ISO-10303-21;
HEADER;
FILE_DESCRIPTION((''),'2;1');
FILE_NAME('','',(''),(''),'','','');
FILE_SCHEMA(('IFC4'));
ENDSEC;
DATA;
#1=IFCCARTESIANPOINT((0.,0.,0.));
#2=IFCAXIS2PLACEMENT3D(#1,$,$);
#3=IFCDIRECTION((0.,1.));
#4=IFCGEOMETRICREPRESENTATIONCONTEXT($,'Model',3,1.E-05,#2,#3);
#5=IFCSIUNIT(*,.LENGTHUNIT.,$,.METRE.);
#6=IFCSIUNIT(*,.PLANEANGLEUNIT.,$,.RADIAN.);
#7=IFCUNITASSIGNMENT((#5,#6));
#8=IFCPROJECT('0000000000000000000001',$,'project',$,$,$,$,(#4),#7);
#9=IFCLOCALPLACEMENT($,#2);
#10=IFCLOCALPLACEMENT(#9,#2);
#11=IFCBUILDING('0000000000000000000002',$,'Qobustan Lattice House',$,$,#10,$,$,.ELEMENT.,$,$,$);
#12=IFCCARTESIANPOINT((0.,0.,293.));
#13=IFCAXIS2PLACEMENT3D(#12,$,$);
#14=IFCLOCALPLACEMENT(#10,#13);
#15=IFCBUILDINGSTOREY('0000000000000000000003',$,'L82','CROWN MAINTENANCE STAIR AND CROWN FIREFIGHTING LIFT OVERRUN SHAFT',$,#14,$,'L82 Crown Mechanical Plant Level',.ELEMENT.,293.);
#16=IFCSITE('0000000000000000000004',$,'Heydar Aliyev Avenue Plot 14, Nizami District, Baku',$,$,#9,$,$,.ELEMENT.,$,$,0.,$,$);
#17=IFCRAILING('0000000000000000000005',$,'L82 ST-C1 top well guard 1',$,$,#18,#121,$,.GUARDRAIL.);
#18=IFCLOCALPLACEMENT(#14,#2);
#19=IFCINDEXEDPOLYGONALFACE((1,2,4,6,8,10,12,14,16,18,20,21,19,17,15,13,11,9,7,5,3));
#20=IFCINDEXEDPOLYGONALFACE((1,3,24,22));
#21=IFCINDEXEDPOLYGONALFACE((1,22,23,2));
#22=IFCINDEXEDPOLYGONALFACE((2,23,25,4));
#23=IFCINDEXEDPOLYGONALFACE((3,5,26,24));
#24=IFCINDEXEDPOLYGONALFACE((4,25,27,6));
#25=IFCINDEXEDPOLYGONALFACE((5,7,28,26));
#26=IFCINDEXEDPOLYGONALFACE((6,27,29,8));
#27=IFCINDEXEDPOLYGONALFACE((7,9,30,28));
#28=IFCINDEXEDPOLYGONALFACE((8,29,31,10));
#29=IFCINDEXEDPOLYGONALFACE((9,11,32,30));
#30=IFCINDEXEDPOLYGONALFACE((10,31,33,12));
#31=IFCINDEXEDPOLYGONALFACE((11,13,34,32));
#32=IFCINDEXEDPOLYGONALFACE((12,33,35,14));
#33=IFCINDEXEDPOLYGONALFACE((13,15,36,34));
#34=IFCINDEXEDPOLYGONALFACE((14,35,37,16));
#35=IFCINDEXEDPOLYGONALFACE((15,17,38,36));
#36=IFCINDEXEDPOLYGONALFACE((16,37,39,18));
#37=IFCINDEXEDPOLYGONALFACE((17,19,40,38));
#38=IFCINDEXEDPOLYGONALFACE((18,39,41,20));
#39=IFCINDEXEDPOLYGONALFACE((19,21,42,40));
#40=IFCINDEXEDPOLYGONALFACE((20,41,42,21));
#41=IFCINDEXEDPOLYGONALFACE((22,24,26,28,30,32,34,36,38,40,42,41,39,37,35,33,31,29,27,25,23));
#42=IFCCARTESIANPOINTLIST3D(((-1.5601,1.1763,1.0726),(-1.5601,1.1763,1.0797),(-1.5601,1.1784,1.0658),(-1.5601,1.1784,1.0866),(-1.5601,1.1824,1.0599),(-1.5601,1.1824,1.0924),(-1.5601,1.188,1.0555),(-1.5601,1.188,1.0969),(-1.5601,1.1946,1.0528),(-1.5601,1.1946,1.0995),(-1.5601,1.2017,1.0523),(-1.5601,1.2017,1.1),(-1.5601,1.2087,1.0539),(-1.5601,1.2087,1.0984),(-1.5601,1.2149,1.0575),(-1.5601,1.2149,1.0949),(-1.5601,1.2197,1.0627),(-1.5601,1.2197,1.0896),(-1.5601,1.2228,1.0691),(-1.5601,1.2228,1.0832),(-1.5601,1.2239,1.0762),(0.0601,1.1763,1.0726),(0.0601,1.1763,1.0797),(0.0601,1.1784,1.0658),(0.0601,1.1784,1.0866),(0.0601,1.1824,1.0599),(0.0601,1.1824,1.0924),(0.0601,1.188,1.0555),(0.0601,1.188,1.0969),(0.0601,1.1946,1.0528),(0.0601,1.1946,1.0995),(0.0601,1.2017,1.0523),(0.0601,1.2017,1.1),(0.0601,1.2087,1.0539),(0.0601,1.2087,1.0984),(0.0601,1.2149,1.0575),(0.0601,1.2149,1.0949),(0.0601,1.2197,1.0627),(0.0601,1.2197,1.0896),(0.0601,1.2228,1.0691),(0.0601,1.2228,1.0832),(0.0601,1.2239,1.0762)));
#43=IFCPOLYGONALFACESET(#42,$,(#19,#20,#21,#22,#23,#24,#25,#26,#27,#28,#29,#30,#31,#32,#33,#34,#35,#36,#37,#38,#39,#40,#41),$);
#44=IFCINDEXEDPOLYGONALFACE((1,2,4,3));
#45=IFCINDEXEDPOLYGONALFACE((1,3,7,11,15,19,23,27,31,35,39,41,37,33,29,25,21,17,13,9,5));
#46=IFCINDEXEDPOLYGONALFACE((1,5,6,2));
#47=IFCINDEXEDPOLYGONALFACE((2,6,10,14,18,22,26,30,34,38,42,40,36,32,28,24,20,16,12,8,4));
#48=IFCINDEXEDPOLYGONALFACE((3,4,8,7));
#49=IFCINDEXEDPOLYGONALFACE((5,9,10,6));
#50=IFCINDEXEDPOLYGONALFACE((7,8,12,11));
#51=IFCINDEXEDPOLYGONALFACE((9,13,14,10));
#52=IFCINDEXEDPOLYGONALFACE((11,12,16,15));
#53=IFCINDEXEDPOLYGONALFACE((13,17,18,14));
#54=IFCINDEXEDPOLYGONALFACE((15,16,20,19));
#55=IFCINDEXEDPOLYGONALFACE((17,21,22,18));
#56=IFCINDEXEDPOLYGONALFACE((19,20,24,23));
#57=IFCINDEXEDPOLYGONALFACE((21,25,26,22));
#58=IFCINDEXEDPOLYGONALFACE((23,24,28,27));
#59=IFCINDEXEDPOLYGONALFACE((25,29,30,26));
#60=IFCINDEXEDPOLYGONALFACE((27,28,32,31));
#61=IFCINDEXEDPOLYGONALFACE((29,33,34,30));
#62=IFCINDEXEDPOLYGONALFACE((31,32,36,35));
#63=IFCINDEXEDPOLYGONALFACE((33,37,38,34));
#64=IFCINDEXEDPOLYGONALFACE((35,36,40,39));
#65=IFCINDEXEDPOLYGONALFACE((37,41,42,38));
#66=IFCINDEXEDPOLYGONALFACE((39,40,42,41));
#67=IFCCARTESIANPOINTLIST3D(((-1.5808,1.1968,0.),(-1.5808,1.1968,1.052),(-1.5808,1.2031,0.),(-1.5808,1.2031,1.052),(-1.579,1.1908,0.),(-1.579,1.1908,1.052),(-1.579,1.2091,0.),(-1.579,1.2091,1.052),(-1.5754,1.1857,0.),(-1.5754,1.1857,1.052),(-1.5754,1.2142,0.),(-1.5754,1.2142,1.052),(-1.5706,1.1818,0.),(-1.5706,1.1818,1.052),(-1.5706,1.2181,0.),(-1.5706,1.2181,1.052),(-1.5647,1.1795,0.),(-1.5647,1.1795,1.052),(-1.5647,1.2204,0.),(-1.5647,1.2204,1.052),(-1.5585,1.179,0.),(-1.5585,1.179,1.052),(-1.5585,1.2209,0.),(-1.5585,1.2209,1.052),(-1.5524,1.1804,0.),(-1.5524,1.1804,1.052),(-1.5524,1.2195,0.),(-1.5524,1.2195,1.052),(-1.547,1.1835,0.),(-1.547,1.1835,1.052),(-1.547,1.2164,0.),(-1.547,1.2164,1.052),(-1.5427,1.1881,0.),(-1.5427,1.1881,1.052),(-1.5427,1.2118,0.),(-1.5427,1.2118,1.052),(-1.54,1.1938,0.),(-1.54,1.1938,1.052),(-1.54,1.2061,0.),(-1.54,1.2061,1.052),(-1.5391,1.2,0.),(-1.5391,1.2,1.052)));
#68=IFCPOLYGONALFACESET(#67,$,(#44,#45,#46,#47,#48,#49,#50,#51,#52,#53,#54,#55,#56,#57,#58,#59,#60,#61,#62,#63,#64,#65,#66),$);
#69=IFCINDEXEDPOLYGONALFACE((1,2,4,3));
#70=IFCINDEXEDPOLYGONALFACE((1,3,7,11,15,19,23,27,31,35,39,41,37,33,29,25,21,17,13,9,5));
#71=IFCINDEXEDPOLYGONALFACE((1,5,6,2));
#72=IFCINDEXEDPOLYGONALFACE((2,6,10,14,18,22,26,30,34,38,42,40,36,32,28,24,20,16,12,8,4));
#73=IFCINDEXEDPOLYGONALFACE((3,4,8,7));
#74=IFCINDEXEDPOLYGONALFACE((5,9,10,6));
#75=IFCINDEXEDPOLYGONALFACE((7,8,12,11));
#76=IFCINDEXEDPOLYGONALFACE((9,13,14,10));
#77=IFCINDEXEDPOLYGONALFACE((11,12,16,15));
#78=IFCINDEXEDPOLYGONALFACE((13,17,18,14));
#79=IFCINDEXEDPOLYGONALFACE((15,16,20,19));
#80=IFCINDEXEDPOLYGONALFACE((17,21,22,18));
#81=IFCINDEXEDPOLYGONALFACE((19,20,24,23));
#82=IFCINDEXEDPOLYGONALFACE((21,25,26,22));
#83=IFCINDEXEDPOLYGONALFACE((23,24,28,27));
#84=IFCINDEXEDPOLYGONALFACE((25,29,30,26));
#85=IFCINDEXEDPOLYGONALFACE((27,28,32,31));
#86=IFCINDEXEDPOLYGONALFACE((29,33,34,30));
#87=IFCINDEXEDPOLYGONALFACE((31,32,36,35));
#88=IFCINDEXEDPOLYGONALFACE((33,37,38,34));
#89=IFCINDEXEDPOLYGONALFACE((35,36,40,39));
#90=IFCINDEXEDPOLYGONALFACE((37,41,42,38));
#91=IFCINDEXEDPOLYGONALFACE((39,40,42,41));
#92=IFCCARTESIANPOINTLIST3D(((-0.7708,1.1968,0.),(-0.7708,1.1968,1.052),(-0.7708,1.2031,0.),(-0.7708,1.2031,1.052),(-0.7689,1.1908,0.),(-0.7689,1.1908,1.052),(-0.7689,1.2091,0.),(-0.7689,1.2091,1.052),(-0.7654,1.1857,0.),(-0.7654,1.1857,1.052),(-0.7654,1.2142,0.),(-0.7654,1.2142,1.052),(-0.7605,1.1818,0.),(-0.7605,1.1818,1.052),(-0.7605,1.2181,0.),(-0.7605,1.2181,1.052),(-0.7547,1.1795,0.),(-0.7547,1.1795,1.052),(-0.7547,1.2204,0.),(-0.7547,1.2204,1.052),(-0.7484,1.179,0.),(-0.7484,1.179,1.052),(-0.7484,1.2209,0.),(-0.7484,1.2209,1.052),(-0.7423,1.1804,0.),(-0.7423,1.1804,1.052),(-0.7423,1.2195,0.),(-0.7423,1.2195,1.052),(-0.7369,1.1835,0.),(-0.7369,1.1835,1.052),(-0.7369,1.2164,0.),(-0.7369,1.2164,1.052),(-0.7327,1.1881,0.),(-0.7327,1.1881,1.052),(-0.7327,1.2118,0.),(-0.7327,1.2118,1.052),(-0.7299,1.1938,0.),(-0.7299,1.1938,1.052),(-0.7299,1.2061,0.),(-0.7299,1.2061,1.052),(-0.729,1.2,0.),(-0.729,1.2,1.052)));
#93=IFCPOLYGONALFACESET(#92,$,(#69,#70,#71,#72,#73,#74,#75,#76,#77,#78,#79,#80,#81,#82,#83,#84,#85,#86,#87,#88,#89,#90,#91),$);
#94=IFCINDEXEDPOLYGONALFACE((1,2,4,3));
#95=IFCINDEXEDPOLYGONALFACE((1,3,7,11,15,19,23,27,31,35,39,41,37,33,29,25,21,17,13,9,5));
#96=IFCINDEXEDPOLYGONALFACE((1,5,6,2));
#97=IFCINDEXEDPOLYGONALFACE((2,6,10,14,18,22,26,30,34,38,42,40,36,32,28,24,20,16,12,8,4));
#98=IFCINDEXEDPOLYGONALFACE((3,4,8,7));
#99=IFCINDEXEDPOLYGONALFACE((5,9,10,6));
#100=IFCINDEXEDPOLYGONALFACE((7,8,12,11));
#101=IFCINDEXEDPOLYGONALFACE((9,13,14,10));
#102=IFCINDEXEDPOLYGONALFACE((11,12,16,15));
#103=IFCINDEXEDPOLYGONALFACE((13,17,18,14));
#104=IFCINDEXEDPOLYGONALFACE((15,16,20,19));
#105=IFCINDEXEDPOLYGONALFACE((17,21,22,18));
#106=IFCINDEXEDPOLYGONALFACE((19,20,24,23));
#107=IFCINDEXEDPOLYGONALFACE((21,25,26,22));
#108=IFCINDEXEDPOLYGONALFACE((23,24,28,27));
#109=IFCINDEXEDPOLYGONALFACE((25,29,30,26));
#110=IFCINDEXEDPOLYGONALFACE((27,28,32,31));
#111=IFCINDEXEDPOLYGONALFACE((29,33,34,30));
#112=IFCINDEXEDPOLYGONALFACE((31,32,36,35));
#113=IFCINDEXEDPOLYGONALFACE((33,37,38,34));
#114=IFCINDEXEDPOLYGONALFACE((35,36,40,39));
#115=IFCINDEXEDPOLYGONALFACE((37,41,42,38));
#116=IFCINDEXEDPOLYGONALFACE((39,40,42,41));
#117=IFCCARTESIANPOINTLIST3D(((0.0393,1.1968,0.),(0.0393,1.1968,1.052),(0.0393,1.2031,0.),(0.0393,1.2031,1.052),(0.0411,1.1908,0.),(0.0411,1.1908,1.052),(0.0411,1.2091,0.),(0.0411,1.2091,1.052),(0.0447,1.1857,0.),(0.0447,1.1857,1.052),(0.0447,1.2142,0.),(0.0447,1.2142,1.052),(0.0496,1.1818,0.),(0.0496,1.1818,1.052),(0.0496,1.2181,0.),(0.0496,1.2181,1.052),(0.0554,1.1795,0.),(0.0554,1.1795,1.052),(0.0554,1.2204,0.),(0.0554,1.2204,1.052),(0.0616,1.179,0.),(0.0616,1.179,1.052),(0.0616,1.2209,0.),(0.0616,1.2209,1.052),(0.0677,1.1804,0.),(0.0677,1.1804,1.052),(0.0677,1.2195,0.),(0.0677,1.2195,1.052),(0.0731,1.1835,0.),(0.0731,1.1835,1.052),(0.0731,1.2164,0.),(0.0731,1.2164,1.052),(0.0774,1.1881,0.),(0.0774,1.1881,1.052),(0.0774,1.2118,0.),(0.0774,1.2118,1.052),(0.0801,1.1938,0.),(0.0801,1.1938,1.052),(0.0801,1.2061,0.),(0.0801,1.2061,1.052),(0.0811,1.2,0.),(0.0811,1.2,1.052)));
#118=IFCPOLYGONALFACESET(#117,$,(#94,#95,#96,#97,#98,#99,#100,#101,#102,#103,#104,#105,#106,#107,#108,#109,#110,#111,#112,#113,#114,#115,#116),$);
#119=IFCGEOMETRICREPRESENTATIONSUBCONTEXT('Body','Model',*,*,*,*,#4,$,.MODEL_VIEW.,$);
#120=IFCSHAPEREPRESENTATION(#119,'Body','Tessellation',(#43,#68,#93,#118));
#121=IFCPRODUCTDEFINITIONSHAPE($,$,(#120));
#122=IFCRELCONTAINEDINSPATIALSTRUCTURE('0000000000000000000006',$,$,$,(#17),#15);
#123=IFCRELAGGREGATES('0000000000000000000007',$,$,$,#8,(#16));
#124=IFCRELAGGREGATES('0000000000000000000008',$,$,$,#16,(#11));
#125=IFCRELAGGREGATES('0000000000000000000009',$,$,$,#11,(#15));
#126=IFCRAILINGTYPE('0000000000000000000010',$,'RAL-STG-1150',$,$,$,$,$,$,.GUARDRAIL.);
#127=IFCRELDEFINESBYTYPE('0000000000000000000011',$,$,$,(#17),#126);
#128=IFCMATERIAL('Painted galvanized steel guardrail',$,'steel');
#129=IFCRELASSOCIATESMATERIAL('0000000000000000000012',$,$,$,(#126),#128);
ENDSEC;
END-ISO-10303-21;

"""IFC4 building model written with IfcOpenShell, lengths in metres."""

from ifc_helpers import new_model, si_unit, direction, frame, origin, origin_2d, place, context, subcontext, project, spatial, circle, extrude, material, type_object, element, save


model = new_model("IFC4")

# Units and contexts
model_context = context("Model", 3, precision=1e-05, world=origin(), true_north=direction((0.0, 1.0)))
body_context = subcontext(model_context, "Body", "Model", "MODEL_VIEW")
ifc_project = project(units=[si_unit("LENGTHUNIT", "METRE"), si_unit("PLANEANGLEUNIT", "RADIAN")], contexts=[model_context])

# Site, building, storey
site_placement = place(None, origin())
site = spatial("IfcSite", under=ifc_project, at=site_placement, Name="Heydar Aliyev Avenue Plot 14, Nizami District, Baku", CompositionType="ELEMENT", RefElevation=0.0)
building_placement = place(site_placement, origin())
building = spatial("IfcBuilding", under=site, at=building_placement, Name="Qobustan Lattice House", CompositionType="ELEMENT")
storey_placement = place(building_placement, frame((0.0, 0.0, 293.0)))
storey = spatial("IfcBuildingStorey", under=building, at=storey_placement, Name="L82", Description="CROWN MAINTENANCE STAIR AND CROWN FIREFIGHTING LIFT OVERRUN SHAFT", LongName="L82 Crown Mechanical Plant Level", CompositionType="ELEMENT", Elevation=293.0)

# Railing
ifc_material_1 = material(Name="Painted galvanized steel guardrail", Category="steel")
railing_type = type_object("IfcRailingType", Name="RAL-STG-1150", PredefinedType="GUARDRAIL", material=ifc_material_1)
railing_1_placement = place(storey_placement, frame((-1.5601, 1.2, 0.0)))
element("IfcRailing", 1, at=railing_1_placement, inside=storey, type_object=railing_type, Name="L82 ST-C1 top well guard 1", PredefinedType="GUARDRAIL", context=body_context, shape_type="SweptSolid", body=[
    extrude(circle(Radius=0.0239, at=origin_2d()), frame((0.0, 0.0, 1.0762), z_axis=(1.0, 0.0, 0.0), x_axis=(0.0, 1.0, 0.0)), (0.0, 0.0, 1.0), 1.6201),
    extrude(circle(Radius=0.021, at=origin_2d()), origin(), (0.0, 0.0, 1.0), 1.052),
    extrude(circle(Radius=0.021, at=origin_2d()), frame((0.8101, 0.0, 0.0)), (0.0, 0.0, 1.0), 1.052),
    extrude(circle(Radius=0.021, at=origin_2d()), frame((1.6201, 0.0, 0.0)), (0.0, 0.0, 1.0), 1.052),
])

save(model, "model.ifc")
